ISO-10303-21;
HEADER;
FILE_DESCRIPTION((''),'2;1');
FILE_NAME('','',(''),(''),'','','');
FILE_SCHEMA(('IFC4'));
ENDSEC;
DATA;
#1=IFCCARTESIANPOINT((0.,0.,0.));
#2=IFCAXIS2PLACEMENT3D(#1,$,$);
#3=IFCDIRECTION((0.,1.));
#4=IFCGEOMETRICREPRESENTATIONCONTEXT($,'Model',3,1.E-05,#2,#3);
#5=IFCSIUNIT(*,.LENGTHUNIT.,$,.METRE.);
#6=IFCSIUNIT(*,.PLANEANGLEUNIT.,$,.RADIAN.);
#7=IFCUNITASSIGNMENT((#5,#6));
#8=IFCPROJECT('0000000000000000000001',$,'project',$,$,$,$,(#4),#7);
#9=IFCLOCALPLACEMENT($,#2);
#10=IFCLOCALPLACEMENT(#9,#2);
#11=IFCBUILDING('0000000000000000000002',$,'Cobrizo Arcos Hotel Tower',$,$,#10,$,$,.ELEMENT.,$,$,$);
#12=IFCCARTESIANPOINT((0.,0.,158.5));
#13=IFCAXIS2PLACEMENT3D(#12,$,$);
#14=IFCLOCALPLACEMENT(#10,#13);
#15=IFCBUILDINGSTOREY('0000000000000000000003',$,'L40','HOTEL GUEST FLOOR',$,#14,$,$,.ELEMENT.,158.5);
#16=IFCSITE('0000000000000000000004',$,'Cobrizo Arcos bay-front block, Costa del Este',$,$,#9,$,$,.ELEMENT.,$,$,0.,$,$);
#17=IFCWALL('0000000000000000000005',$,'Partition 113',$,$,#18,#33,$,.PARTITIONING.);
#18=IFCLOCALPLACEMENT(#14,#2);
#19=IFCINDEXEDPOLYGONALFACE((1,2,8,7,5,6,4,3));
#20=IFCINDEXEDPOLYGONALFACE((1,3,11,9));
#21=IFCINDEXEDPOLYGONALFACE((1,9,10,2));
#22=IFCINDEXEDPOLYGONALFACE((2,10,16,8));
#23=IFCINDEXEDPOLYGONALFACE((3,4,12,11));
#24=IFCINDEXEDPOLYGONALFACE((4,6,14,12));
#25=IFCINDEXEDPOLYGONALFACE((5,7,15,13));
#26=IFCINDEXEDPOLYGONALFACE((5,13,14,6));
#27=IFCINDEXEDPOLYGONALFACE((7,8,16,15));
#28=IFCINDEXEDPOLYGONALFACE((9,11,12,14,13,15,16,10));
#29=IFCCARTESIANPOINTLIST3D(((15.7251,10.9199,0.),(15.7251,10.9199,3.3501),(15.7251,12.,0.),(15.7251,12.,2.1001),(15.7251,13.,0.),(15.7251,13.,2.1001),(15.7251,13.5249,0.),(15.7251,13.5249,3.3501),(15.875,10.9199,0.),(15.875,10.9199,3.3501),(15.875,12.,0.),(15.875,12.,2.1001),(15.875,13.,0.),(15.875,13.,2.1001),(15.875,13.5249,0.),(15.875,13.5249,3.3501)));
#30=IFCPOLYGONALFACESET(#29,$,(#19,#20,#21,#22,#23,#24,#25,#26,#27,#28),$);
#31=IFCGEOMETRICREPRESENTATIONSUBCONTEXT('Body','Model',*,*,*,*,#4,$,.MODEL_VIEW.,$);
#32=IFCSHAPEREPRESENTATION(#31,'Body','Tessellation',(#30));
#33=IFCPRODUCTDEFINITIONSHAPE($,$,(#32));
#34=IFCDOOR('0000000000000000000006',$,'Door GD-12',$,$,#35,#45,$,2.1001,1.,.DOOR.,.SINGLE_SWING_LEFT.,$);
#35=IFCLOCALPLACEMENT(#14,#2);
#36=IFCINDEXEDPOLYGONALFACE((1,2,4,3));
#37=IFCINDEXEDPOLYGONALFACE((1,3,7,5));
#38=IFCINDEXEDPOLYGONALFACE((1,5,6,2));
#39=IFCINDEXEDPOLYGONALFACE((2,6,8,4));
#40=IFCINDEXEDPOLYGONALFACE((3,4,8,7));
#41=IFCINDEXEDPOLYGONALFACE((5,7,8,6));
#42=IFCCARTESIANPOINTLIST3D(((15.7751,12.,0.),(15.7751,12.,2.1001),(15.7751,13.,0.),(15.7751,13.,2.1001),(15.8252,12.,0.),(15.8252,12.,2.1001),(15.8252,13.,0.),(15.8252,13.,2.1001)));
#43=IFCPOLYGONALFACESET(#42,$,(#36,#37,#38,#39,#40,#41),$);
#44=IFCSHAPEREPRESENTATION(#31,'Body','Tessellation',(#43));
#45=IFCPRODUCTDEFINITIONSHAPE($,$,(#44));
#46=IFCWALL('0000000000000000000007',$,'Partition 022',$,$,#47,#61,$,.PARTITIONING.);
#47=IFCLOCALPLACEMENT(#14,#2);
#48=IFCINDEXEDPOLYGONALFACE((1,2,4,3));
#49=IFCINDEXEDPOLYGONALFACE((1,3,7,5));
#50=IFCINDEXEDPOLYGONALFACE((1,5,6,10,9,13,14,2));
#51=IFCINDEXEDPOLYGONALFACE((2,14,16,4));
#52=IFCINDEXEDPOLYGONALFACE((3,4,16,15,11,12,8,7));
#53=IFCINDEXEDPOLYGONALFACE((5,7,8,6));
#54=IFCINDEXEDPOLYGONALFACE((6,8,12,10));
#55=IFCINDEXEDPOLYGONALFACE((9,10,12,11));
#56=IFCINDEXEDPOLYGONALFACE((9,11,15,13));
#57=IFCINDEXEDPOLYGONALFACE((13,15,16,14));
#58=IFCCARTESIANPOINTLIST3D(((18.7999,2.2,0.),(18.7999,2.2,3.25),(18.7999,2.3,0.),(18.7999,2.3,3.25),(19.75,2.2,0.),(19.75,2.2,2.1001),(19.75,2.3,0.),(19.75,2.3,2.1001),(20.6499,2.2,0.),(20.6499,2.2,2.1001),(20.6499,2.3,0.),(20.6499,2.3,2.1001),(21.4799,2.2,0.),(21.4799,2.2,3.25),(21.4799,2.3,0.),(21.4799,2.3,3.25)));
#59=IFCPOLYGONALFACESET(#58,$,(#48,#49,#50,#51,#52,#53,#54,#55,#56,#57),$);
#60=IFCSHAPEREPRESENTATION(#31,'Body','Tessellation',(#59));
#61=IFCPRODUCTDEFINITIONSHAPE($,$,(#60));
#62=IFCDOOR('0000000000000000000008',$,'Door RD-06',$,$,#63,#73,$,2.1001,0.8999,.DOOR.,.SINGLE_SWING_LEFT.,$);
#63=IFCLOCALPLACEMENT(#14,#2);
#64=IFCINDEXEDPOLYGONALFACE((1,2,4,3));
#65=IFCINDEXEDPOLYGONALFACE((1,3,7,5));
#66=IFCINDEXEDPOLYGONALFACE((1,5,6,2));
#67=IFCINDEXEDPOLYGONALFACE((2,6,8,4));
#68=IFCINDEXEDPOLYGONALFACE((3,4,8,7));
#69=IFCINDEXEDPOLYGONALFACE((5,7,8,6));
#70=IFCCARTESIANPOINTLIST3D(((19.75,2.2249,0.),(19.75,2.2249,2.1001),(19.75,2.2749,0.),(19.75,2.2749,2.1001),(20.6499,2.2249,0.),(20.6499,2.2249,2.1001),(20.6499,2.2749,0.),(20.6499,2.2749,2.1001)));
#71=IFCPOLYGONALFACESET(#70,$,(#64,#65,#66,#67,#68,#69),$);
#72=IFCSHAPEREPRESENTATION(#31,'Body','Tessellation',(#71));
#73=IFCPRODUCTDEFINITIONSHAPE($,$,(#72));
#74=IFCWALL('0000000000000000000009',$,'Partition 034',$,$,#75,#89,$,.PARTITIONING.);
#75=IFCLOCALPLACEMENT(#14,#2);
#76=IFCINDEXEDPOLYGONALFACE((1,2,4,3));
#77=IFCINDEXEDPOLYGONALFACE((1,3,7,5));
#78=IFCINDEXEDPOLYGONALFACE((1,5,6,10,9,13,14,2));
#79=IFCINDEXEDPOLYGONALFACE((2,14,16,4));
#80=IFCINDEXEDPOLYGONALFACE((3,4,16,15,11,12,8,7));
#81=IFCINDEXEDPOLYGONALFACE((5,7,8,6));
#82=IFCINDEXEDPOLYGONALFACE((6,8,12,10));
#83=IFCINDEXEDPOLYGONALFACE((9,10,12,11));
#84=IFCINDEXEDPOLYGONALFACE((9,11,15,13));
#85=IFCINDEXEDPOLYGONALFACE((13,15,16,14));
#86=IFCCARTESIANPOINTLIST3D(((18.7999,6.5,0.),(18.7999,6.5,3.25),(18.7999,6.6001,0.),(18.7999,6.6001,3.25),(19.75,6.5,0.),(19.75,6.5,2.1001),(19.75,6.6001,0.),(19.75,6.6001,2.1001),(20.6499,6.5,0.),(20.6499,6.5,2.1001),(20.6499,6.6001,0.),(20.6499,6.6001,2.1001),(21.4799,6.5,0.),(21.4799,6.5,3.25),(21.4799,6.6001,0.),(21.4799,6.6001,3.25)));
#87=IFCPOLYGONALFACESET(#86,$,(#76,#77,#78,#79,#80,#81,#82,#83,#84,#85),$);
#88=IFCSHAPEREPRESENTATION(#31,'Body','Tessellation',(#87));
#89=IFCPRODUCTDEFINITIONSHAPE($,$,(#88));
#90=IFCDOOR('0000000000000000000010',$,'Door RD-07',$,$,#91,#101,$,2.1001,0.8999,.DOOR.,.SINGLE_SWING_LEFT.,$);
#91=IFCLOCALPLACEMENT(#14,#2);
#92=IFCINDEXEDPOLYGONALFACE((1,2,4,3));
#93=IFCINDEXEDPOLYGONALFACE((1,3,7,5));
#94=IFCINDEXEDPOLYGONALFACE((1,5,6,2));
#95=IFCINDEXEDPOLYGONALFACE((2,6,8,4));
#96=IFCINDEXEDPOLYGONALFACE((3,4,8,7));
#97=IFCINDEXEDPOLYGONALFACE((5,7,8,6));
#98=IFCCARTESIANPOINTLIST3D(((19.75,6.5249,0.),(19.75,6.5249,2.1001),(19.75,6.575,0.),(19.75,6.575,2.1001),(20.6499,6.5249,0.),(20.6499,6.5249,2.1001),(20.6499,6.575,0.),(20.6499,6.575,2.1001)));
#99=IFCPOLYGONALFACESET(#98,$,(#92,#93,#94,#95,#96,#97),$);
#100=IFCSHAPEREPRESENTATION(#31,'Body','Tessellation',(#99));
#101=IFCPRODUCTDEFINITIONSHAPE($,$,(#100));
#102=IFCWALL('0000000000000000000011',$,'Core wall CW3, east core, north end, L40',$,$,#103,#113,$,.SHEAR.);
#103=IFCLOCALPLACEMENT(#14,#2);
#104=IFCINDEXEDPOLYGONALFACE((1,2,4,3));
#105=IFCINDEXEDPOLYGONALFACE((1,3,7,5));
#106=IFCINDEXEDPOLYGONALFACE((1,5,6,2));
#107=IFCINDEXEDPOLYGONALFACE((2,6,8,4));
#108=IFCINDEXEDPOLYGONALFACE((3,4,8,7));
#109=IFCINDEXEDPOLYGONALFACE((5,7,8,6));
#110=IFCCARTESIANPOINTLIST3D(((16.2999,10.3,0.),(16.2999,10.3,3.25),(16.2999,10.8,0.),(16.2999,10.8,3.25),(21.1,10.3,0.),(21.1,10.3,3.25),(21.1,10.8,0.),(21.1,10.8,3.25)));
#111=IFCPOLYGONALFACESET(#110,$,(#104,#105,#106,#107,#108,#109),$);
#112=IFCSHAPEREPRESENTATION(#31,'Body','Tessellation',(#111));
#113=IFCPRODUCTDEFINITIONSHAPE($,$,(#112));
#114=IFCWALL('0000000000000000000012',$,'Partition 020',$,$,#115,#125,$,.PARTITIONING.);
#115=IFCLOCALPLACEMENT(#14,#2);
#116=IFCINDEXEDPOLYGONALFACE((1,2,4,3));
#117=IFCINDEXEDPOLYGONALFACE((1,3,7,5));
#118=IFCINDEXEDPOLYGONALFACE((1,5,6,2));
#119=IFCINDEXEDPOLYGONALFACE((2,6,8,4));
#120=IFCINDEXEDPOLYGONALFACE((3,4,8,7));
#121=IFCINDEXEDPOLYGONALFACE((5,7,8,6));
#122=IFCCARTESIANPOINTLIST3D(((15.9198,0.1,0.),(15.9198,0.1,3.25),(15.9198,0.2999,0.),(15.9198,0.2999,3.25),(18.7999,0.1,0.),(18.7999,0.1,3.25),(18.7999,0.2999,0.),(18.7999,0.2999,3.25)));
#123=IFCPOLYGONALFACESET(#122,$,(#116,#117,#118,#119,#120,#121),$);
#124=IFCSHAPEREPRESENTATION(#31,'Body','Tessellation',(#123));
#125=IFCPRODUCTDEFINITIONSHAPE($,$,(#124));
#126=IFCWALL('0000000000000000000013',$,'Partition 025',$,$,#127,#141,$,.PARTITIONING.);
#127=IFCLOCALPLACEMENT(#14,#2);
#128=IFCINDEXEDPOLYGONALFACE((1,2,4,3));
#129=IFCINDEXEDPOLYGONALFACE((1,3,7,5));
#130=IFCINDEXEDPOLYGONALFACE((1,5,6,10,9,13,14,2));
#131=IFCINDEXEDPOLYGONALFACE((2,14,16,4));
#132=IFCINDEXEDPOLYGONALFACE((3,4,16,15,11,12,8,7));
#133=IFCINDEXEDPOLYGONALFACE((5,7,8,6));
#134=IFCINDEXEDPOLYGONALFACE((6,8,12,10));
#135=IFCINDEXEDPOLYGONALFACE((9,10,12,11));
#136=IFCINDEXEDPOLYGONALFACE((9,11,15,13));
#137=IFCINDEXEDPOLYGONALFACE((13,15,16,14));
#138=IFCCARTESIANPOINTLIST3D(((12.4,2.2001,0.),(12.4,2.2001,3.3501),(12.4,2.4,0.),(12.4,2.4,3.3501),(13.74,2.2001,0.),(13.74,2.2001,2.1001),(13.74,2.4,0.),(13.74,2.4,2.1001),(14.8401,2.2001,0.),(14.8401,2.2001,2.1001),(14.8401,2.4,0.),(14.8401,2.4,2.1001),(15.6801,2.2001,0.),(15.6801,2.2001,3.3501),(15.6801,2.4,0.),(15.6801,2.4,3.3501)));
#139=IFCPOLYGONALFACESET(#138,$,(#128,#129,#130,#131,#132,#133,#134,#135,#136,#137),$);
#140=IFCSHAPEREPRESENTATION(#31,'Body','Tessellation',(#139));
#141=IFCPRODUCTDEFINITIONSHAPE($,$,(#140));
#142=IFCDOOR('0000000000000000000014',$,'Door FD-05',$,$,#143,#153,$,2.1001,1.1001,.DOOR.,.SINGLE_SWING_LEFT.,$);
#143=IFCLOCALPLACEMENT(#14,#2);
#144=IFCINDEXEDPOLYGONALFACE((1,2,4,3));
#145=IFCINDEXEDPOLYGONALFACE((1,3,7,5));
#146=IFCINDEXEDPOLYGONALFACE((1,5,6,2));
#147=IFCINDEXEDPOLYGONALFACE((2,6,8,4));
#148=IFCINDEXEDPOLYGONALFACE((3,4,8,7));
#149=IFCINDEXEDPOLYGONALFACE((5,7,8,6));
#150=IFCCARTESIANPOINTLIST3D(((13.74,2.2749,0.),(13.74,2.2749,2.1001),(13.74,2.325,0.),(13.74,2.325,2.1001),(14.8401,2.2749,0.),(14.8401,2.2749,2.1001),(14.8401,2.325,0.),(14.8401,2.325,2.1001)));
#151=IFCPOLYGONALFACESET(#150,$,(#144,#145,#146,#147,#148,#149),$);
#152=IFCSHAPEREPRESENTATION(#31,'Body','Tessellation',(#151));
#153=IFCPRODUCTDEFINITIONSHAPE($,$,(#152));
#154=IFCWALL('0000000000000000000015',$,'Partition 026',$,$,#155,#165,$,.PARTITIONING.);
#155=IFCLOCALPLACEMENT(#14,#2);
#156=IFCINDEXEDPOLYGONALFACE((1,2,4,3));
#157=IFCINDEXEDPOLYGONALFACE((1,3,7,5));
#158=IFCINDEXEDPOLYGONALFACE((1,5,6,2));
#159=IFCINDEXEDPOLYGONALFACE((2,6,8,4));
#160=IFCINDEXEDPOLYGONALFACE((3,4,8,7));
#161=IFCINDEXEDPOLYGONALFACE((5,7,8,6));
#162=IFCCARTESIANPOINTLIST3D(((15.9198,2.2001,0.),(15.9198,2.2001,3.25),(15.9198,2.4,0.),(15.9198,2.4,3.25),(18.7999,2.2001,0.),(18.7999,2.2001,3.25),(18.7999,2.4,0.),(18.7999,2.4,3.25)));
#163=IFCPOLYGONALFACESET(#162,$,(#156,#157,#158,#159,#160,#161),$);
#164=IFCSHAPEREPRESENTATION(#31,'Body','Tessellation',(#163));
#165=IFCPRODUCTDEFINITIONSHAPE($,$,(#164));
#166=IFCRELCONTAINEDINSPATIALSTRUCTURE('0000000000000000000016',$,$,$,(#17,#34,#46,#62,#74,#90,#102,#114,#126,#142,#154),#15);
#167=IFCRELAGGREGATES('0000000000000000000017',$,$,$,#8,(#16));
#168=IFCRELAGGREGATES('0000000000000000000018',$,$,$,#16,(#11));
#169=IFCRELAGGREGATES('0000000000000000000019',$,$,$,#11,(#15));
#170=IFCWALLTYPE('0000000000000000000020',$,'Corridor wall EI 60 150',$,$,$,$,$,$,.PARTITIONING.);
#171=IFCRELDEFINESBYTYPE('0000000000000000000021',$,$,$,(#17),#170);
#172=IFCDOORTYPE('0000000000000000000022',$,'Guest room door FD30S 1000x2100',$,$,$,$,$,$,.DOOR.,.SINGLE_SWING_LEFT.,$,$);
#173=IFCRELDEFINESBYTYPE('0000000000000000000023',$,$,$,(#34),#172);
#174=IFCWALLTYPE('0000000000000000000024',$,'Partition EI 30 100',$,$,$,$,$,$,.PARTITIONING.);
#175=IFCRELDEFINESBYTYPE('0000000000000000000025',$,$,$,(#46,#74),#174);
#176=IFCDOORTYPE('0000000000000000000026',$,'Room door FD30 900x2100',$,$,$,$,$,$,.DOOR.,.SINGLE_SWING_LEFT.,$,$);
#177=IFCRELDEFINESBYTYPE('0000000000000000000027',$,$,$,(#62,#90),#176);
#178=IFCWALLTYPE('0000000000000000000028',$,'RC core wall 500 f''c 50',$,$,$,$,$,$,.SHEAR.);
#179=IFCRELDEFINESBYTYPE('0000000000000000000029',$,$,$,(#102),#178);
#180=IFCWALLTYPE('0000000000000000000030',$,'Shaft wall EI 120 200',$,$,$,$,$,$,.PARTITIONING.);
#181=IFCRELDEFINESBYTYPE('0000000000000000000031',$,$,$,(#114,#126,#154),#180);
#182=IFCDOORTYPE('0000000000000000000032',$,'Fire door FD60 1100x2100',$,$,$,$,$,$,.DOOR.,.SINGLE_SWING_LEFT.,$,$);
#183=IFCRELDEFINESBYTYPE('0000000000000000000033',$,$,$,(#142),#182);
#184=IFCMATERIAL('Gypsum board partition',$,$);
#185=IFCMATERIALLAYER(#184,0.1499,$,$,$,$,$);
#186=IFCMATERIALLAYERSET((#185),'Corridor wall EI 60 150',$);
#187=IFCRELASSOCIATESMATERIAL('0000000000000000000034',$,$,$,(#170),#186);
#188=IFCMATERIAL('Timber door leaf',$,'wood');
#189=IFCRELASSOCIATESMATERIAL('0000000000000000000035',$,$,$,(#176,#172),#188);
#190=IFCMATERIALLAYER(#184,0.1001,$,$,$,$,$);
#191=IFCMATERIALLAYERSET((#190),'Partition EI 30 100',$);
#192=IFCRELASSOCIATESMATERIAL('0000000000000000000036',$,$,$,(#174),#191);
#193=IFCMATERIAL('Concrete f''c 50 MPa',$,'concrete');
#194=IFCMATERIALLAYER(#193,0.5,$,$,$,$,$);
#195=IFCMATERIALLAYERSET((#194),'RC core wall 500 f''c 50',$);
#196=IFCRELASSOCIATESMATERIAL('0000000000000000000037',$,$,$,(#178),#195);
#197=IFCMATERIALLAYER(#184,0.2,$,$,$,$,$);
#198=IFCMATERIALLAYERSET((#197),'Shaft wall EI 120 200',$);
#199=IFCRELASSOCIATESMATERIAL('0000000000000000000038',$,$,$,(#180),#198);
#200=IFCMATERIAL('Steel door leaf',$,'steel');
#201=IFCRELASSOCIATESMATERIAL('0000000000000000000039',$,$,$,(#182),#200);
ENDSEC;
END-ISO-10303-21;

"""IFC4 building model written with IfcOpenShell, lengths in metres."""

from ifc_helpers import new_model, si_unit, direction, frame, frame_2d, origin, place, context, subcontext, project, spatial, rectangle, extrude, material, layer, layer_set, type_object, element, fill, save


model = new_model("IFC4")

# Units and contexts
model_context = context("Model", 3, precision=1e-05, world=origin(), true_north=direction((0.0, 1.0)))
body_context = subcontext(model_context, "Body", "Model", "MODEL_VIEW")
ifc_project = project(units=[si_unit("LENGTHUNIT", "METRE"), si_unit("PLANEANGLEUNIT", "RADIAN")], contexts=[model_context])

# Site, building, storey
site_placement = place(None, origin())
site = spatial("IfcSite", under=ifc_project, at=site_placement, Name="Cobrizo Arcos bay-front block, Costa del Este", CompositionType="ELEMENT", RefElevation=0.0)
building_placement = place(site_placement, origin())
building = spatial("IfcBuilding", under=site, at=building_placement, Name="Cobrizo Arcos Hotel Tower", CompositionType="ELEMENT")
storey_placement = place(building_placement, frame((0.0, 0.0, 158.5)))
storey = spatial("IfcBuildingStorey", under=building, at=storey_placement, Name="L40", Description="HOTEL GUEST FLOOR", CompositionType="ELEMENT", Elevation=158.5)

# Shared definitions
ifc_material_1 = material(Name="Gypsum board partition")
ifc_layer_1 = layer(ifc_material_1, 0.1499)
ifc_layer_set_1 = layer_set([ifc_layer_1], Name="Corridor wall EI 60 150")
wall_type_1 = type_object("IfcWallType", Name="Corridor wall EI 60 150", PredefinedType="PARTITIONING", material=ifc_layer_set_1)
ifc_material_2 = material(Name="Timber door leaf", Category="wood")
door_type_1 = type_object("IfcDoorType", Name="Room door FD30 900x2100", OperationType="SINGLE_SWING_LEFT", PredefinedType="DOOR", material=ifc_material_2)

# Walls, openings, doors
wall_1_placement = place(storey_placement, frame((15.8, 10.9199, 0.0), z_axis=(0.0, 0.0, 1.0), x_axis=(0.0, 1.0, 0.0)))
wall_1 = element("IfcWall", 1, at=wall_1_placement, inside=storey, type_object=wall_type_1, Name="Partition 113", PredefinedType="PARTITIONING", context=body_context, shape_type="SweptSolid", body=[
    extrude(rectangle(XDim=2.605, YDim=0.1499, at=frame_2d((1.3025, 0.0))), origin(), (0.0, 0.0, 1.0), 3.3501),
])
opening_1_placement = place(wall_1_placement, frame((1.0801, 0.0, 0.0)))
opening_1 = element("IfcOpeningElement", 2, at=opening_1_placement, cuts=wall_1, PredefinedType="OPENING", context=body_context, shape_type="SweptSolid", body=[
    extrude(rectangle(XDim=1.0, YDim=2.1001, at=frame_2d((0.5, 1.05))), frame((0.0, 0.0869, 0.0), z_axis=(0.0, -1.0, 0.0), x_axis=(1.0, 0.0, 0.0)), (0.0, 0.0, 1.0), 0.1738),
])
door_type_2 = type_object("IfcDoorType", Name="Guest room door FD30S 1000x2100", OperationType="SINGLE_SWING_LEFT", PredefinedType="DOOR", material=ifc_material_2)
door_1_placement = place(opening_1_placement, origin())
door_1 = element("IfcDoor", 3, at=door_1_placement, inside=storey, type_object=door_type_2, Name="Door GD-12", OperationType="SINGLE_SWING_LEFT", OverallHeight=2.1001, OverallWidth=1.0, PredefinedType="DOOR", context=body_context, shape_type="SweptSolid", body=[
    extrude(rectangle(XDim=1.0, YDim=2.1001, at=frame_2d((0.5, 1.05))), frame((0.0, 0.0249, 0.0), z_axis=(0.0, -1.0, 0.0), x_axis=(1.0, 0.0, 0.0)), (0.0, 0.0, 1.0), 0.05),
])
fill(opening_1, door_1)
ifc_layer_2 = layer(ifc_material_1, 0.1001)
ifc_layer_set_2 = layer_set([ifc_layer_2], Name="Partition EI 30 100")
wall_type_2 = type_object("IfcWallType", Name="Partition EI 30 100", PredefinedType="PARTITIONING", material=ifc_layer_set_2)
wall_2_placement = place(storey_placement, frame((18.8, 2.25, 0.0), z_axis=(0.0, 0.0, 1.0), x_axis=(1.0, 0.0, 0.0)))
wall_2 = element("IfcWall", 4, at=wall_2_placement, inside=storey, type_object=wall_type_2, Name="Partition 022", PredefinedType="PARTITIONING", context=body_context, shape_type="SweptSolid", body=[
    extrude(rectangle(XDim=2.6799, YDim=0.1001, at=frame_2d((1.3398, 0.0))), origin(), (0.0, 0.0, 1.0), 3.25),
])
opening_2_placement = place(wall_2_placement, frame((0.95, 0.0, 0.0)))
opening_2 = element("IfcOpeningElement", 5, at=opening_2_placement, cuts=wall_2, PredefinedType="OPENING", context=body_context, shape_type="SweptSolid", body=[
    extrude(rectangle(XDim=0.8999, YDim=2.1001, at=frame_2d((0.45, 1.05))), frame((0.0, 0.062, 0.0), z_axis=(0.0, -1.0, 0.0), x_axis=(1.0, 0.0, 0.0)), (0.0, 0.0, 1.0), 0.124),
])
door_2_placement = place(opening_2_placement, origin())
door_2 = element("IfcDoor", 6, at=door_2_placement, inside=storey, type_object=door_type_1, Name="Door RD-06", OperationType="SINGLE_SWING_LEFT", OverallHeight=2.1001, OverallWidth=0.8999, PredefinedType="DOOR", context=body_context, shape_type="SweptSolid", body=[
    extrude(rectangle(XDim=0.8999, YDim=2.1001, at=frame_2d((0.45, 1.05))), frame((0.0, 0.0249, 0.0), z_axis=(0.0, -1.0, 0.0), x_axis=(1.0, 0.0, 0.0)), (0.0, 0.0, 1.0), 0.05),
])
fill(opening_2, door_2)
wall_3_placement = place(storey_placement, frame((18.8, 6.55, 0.0), z_axis=(0.0, 0.0, 1.0), x_axis=(1.0, 0.0, 0.0)))
wall_3 = element("IfcWall", 7, at=wall_3_placement, inside=storey, type_object=wall_type_2, Name="Partition 034", PredefinedType="PARTITIONING", context=body_context, shape_type="SweptSolid", body=[
    extrude(rectangle(XDim=2.6799, YDim=0.1001, at=frame_2d((1.3398, 0.0))), origin(), (0.0, 0.0, 1.0), 3.25),
])
opening_3_placement = place(wall_3_placement, frame((0.95, 0.0, 0.0)))
opening_3 = element("IfcOpeningElement", 8, at=opening_3_placement, cuts=wall_3, PredefinedType="OPENING", context=body_context, shape_type="SweptSolid", body=[
    extrude(rectangle(XDim=0.8999, YDim=2.1001, at=frame_2d((0.45, 1.05))), frame((0.0, 0.062, 0.0), z_axis=(0.0, -1.0, 0.0), x_axis=(1.0, 0.0, 0.0)), (0.0, 0.0, 1.0), 0.124),
])
door_3_placement = place(opening_3_placement, origin())
door_3 = element("IfcDoor", 9, at=door_3_placement, inside=storey, type_object=door_type_1, Name="Door RD-07", OperationType="SINGLE_SWING_LEFT", OverallHeight=2.1001, OverallWidth=0.8999, PredefinedType="DOOR", context=body_context, shape_type="SweptSolid", body=[
    extrude(rectangle(XDim=0.8999, YDim=2.1001, at=frame_2d((0.45, 1.05))), frame((0.0, 0.0249, 0.0), z_axis=(0.0, -1.0, 0.0), x_axis=(1.0, 0.0, 0.0)), (0.0, 0.0, 1.0), 0.05),
])
fill(opening_3, door_3)

# Walls
ifc_material_3 = material(Name="Concrete f'c 50 MPa", Category="concrete")
ifc_layer_3 = layer(ifc_material_3, 0.5)
ifc_layer_set_3 = layer_set([ifc_layer_3], Name="RC core wall 500 f'c 50")
wall_type_3 = type_object("IfcWallType", Name="RC core wall 500 f'c 50", PredefinedType="SHEAR", material=ifc_layer_set_3)
wall_4_placement = place(storey_placement, frame((16.3, 10.55, 0.0), z_axis=(0.0, 0.0, 1.0), x_axis=(1.0, 0.0, 0.0)))
element("IfcWall", 10, at=wall_4_placement, inside=storey, type_object=wall_type_3, Name="Core wall CW3, east core, north end, L40", PredefinedType="SHEAR", context=body_context, shape_type="SweptSolid", body=[
    extrude(rectangle(XDim=4.8, YDim=0.5, at=frame_2d((2.3999, 0.0))), origin(), (0.0, 0.0, 1.0), 3.25),
])
ifc_layer_4 = layer(ifc_material_1, 0.2)
ifc_layer_set_4 = layer_set([ifc_layer_4], Name="Shaft wall EI 120 200")
wall_type_4 = type_object("IfcWallType", Name="Shaft wall EI 120 200", PredefinedType="PARTITIONING", material=ifc_layer_set_4)
wall_5_placement = place(storey_placement, frame((15.9199, 0.2, 0.0), z_axis=(0.0, 0.0, 1.0), x_axis=(1.0, 0.0, 0.0)))
element("IfcWall", 11, at=wall_5_placement, inside=storey, type_object=wall_type_4, Name="Partition 020", PredefinedType="PARTITIONING", context=body_context, shape_type="SweptSolid", body=[
    extrude(rectangle(XDim=2.8801, YDim=0.2, at=frame_2d((1.4399, 0.0))), origin(), (0.0, 0.0, 1.0), 3.25),
])

# Wall, opening, door
wall_6_placement = place(storey_placement, frame((12.3999, 2.3, 0.0), z_axis=(0.0, 0.0, 1.0), x_axis=(1.0, 0.0, 0.0)))
wall_6 = element("IfcWall", 12, at=wall_6_placement, inside=storey, type_object=wall_type_4, Name="Partition 025", PredefinedType="PARTITIONING", context=body_context, shape_type="SweptSolid", body=[
    extrude(rectangle(XDim=3.28, YDim=0.2, at=frame_2d((1.6401, 0.0))), origin(), (0.0, 0.0, 1.0), 3.3501),
])
opening_4_placement = place(wall_6_placement, frame((1.3401, 0.0, 0.0)))
opening_4 = element("IfcOpeningElement", 13, at=opening_4_placement, cuts=wall_6, PredefinedType="OPENING", context=body_context, shape_type="SweptSolid", body=[
    extrude(rectangle(XDim=1.1001, YDim=2.1001, at=frame_2d((0.55, 1.05))), frame((0.0, 0.1121, 0.0), z_axis=(0.0, -1.0, 0.0), x_axis=(1.0, 0.0, 0.0)), (0.0, 0.0, 1.0), 0.2239),
])
ifc_material_4 = material(Name="Steel door leaf", Category="steel")
door_type_3 = type_object("IfcDoorType", Name="Fire door FD60 1100x2100", OperationType="SINGLE_SWING_LEFT", PredefinedType="DOOR", material=ifc_material_4)
door_4_placement = place(opening_4_placement, origin())
door_4 = element("IfcDoor", 14, at=door_4_placement, inside=storey, type_object=door_type_3, Name="Door FD-05", OperationType="SINGLE_SWING_LEFT", OverallHeight=2.1001, OverallWidth=1.1001, PredefinedType="DOOR", context=body_context, shape_type="SweptSolid", body=[
    extrude(rectangle(XDim=1.1001, YDim=2.1001, at=frame_2d((0.55, 1.05))), frame((0.0, 0.0249, 0.0), z_axis=(0.0, -1.0, 0.0), x_axis=(1.0, 0.0, 0.0)), (0.0, 0.0, 1.0), 0.05),
])
fill(opening_4, door_4)

# Wall
for number, where, z_axis, x_axis, name in (
    (15, (15.9199, 2.3, 0.0), (0.0, 0.0, 1.0), (1.0, 0.0, 0.0), "Partition 026"),
):
    element("IfcWall", number, at=place(storey_placement, frame(where, z_axis=z_axis, x_axis=x_axis)), inside=storey, type_object=wall_type_4, Name=name, PredefinedType="PARTITIONING", context=body_context, shape_type="SweptSolid", body=[
        extrude(rectangle(XDim=2.8801, YDim=0.2, at=frame_2d((1.4399, 0.0))), origin(), (0.0, 0.0, 1.0), 3.25),
    ])

save(model, "model.ifc")
